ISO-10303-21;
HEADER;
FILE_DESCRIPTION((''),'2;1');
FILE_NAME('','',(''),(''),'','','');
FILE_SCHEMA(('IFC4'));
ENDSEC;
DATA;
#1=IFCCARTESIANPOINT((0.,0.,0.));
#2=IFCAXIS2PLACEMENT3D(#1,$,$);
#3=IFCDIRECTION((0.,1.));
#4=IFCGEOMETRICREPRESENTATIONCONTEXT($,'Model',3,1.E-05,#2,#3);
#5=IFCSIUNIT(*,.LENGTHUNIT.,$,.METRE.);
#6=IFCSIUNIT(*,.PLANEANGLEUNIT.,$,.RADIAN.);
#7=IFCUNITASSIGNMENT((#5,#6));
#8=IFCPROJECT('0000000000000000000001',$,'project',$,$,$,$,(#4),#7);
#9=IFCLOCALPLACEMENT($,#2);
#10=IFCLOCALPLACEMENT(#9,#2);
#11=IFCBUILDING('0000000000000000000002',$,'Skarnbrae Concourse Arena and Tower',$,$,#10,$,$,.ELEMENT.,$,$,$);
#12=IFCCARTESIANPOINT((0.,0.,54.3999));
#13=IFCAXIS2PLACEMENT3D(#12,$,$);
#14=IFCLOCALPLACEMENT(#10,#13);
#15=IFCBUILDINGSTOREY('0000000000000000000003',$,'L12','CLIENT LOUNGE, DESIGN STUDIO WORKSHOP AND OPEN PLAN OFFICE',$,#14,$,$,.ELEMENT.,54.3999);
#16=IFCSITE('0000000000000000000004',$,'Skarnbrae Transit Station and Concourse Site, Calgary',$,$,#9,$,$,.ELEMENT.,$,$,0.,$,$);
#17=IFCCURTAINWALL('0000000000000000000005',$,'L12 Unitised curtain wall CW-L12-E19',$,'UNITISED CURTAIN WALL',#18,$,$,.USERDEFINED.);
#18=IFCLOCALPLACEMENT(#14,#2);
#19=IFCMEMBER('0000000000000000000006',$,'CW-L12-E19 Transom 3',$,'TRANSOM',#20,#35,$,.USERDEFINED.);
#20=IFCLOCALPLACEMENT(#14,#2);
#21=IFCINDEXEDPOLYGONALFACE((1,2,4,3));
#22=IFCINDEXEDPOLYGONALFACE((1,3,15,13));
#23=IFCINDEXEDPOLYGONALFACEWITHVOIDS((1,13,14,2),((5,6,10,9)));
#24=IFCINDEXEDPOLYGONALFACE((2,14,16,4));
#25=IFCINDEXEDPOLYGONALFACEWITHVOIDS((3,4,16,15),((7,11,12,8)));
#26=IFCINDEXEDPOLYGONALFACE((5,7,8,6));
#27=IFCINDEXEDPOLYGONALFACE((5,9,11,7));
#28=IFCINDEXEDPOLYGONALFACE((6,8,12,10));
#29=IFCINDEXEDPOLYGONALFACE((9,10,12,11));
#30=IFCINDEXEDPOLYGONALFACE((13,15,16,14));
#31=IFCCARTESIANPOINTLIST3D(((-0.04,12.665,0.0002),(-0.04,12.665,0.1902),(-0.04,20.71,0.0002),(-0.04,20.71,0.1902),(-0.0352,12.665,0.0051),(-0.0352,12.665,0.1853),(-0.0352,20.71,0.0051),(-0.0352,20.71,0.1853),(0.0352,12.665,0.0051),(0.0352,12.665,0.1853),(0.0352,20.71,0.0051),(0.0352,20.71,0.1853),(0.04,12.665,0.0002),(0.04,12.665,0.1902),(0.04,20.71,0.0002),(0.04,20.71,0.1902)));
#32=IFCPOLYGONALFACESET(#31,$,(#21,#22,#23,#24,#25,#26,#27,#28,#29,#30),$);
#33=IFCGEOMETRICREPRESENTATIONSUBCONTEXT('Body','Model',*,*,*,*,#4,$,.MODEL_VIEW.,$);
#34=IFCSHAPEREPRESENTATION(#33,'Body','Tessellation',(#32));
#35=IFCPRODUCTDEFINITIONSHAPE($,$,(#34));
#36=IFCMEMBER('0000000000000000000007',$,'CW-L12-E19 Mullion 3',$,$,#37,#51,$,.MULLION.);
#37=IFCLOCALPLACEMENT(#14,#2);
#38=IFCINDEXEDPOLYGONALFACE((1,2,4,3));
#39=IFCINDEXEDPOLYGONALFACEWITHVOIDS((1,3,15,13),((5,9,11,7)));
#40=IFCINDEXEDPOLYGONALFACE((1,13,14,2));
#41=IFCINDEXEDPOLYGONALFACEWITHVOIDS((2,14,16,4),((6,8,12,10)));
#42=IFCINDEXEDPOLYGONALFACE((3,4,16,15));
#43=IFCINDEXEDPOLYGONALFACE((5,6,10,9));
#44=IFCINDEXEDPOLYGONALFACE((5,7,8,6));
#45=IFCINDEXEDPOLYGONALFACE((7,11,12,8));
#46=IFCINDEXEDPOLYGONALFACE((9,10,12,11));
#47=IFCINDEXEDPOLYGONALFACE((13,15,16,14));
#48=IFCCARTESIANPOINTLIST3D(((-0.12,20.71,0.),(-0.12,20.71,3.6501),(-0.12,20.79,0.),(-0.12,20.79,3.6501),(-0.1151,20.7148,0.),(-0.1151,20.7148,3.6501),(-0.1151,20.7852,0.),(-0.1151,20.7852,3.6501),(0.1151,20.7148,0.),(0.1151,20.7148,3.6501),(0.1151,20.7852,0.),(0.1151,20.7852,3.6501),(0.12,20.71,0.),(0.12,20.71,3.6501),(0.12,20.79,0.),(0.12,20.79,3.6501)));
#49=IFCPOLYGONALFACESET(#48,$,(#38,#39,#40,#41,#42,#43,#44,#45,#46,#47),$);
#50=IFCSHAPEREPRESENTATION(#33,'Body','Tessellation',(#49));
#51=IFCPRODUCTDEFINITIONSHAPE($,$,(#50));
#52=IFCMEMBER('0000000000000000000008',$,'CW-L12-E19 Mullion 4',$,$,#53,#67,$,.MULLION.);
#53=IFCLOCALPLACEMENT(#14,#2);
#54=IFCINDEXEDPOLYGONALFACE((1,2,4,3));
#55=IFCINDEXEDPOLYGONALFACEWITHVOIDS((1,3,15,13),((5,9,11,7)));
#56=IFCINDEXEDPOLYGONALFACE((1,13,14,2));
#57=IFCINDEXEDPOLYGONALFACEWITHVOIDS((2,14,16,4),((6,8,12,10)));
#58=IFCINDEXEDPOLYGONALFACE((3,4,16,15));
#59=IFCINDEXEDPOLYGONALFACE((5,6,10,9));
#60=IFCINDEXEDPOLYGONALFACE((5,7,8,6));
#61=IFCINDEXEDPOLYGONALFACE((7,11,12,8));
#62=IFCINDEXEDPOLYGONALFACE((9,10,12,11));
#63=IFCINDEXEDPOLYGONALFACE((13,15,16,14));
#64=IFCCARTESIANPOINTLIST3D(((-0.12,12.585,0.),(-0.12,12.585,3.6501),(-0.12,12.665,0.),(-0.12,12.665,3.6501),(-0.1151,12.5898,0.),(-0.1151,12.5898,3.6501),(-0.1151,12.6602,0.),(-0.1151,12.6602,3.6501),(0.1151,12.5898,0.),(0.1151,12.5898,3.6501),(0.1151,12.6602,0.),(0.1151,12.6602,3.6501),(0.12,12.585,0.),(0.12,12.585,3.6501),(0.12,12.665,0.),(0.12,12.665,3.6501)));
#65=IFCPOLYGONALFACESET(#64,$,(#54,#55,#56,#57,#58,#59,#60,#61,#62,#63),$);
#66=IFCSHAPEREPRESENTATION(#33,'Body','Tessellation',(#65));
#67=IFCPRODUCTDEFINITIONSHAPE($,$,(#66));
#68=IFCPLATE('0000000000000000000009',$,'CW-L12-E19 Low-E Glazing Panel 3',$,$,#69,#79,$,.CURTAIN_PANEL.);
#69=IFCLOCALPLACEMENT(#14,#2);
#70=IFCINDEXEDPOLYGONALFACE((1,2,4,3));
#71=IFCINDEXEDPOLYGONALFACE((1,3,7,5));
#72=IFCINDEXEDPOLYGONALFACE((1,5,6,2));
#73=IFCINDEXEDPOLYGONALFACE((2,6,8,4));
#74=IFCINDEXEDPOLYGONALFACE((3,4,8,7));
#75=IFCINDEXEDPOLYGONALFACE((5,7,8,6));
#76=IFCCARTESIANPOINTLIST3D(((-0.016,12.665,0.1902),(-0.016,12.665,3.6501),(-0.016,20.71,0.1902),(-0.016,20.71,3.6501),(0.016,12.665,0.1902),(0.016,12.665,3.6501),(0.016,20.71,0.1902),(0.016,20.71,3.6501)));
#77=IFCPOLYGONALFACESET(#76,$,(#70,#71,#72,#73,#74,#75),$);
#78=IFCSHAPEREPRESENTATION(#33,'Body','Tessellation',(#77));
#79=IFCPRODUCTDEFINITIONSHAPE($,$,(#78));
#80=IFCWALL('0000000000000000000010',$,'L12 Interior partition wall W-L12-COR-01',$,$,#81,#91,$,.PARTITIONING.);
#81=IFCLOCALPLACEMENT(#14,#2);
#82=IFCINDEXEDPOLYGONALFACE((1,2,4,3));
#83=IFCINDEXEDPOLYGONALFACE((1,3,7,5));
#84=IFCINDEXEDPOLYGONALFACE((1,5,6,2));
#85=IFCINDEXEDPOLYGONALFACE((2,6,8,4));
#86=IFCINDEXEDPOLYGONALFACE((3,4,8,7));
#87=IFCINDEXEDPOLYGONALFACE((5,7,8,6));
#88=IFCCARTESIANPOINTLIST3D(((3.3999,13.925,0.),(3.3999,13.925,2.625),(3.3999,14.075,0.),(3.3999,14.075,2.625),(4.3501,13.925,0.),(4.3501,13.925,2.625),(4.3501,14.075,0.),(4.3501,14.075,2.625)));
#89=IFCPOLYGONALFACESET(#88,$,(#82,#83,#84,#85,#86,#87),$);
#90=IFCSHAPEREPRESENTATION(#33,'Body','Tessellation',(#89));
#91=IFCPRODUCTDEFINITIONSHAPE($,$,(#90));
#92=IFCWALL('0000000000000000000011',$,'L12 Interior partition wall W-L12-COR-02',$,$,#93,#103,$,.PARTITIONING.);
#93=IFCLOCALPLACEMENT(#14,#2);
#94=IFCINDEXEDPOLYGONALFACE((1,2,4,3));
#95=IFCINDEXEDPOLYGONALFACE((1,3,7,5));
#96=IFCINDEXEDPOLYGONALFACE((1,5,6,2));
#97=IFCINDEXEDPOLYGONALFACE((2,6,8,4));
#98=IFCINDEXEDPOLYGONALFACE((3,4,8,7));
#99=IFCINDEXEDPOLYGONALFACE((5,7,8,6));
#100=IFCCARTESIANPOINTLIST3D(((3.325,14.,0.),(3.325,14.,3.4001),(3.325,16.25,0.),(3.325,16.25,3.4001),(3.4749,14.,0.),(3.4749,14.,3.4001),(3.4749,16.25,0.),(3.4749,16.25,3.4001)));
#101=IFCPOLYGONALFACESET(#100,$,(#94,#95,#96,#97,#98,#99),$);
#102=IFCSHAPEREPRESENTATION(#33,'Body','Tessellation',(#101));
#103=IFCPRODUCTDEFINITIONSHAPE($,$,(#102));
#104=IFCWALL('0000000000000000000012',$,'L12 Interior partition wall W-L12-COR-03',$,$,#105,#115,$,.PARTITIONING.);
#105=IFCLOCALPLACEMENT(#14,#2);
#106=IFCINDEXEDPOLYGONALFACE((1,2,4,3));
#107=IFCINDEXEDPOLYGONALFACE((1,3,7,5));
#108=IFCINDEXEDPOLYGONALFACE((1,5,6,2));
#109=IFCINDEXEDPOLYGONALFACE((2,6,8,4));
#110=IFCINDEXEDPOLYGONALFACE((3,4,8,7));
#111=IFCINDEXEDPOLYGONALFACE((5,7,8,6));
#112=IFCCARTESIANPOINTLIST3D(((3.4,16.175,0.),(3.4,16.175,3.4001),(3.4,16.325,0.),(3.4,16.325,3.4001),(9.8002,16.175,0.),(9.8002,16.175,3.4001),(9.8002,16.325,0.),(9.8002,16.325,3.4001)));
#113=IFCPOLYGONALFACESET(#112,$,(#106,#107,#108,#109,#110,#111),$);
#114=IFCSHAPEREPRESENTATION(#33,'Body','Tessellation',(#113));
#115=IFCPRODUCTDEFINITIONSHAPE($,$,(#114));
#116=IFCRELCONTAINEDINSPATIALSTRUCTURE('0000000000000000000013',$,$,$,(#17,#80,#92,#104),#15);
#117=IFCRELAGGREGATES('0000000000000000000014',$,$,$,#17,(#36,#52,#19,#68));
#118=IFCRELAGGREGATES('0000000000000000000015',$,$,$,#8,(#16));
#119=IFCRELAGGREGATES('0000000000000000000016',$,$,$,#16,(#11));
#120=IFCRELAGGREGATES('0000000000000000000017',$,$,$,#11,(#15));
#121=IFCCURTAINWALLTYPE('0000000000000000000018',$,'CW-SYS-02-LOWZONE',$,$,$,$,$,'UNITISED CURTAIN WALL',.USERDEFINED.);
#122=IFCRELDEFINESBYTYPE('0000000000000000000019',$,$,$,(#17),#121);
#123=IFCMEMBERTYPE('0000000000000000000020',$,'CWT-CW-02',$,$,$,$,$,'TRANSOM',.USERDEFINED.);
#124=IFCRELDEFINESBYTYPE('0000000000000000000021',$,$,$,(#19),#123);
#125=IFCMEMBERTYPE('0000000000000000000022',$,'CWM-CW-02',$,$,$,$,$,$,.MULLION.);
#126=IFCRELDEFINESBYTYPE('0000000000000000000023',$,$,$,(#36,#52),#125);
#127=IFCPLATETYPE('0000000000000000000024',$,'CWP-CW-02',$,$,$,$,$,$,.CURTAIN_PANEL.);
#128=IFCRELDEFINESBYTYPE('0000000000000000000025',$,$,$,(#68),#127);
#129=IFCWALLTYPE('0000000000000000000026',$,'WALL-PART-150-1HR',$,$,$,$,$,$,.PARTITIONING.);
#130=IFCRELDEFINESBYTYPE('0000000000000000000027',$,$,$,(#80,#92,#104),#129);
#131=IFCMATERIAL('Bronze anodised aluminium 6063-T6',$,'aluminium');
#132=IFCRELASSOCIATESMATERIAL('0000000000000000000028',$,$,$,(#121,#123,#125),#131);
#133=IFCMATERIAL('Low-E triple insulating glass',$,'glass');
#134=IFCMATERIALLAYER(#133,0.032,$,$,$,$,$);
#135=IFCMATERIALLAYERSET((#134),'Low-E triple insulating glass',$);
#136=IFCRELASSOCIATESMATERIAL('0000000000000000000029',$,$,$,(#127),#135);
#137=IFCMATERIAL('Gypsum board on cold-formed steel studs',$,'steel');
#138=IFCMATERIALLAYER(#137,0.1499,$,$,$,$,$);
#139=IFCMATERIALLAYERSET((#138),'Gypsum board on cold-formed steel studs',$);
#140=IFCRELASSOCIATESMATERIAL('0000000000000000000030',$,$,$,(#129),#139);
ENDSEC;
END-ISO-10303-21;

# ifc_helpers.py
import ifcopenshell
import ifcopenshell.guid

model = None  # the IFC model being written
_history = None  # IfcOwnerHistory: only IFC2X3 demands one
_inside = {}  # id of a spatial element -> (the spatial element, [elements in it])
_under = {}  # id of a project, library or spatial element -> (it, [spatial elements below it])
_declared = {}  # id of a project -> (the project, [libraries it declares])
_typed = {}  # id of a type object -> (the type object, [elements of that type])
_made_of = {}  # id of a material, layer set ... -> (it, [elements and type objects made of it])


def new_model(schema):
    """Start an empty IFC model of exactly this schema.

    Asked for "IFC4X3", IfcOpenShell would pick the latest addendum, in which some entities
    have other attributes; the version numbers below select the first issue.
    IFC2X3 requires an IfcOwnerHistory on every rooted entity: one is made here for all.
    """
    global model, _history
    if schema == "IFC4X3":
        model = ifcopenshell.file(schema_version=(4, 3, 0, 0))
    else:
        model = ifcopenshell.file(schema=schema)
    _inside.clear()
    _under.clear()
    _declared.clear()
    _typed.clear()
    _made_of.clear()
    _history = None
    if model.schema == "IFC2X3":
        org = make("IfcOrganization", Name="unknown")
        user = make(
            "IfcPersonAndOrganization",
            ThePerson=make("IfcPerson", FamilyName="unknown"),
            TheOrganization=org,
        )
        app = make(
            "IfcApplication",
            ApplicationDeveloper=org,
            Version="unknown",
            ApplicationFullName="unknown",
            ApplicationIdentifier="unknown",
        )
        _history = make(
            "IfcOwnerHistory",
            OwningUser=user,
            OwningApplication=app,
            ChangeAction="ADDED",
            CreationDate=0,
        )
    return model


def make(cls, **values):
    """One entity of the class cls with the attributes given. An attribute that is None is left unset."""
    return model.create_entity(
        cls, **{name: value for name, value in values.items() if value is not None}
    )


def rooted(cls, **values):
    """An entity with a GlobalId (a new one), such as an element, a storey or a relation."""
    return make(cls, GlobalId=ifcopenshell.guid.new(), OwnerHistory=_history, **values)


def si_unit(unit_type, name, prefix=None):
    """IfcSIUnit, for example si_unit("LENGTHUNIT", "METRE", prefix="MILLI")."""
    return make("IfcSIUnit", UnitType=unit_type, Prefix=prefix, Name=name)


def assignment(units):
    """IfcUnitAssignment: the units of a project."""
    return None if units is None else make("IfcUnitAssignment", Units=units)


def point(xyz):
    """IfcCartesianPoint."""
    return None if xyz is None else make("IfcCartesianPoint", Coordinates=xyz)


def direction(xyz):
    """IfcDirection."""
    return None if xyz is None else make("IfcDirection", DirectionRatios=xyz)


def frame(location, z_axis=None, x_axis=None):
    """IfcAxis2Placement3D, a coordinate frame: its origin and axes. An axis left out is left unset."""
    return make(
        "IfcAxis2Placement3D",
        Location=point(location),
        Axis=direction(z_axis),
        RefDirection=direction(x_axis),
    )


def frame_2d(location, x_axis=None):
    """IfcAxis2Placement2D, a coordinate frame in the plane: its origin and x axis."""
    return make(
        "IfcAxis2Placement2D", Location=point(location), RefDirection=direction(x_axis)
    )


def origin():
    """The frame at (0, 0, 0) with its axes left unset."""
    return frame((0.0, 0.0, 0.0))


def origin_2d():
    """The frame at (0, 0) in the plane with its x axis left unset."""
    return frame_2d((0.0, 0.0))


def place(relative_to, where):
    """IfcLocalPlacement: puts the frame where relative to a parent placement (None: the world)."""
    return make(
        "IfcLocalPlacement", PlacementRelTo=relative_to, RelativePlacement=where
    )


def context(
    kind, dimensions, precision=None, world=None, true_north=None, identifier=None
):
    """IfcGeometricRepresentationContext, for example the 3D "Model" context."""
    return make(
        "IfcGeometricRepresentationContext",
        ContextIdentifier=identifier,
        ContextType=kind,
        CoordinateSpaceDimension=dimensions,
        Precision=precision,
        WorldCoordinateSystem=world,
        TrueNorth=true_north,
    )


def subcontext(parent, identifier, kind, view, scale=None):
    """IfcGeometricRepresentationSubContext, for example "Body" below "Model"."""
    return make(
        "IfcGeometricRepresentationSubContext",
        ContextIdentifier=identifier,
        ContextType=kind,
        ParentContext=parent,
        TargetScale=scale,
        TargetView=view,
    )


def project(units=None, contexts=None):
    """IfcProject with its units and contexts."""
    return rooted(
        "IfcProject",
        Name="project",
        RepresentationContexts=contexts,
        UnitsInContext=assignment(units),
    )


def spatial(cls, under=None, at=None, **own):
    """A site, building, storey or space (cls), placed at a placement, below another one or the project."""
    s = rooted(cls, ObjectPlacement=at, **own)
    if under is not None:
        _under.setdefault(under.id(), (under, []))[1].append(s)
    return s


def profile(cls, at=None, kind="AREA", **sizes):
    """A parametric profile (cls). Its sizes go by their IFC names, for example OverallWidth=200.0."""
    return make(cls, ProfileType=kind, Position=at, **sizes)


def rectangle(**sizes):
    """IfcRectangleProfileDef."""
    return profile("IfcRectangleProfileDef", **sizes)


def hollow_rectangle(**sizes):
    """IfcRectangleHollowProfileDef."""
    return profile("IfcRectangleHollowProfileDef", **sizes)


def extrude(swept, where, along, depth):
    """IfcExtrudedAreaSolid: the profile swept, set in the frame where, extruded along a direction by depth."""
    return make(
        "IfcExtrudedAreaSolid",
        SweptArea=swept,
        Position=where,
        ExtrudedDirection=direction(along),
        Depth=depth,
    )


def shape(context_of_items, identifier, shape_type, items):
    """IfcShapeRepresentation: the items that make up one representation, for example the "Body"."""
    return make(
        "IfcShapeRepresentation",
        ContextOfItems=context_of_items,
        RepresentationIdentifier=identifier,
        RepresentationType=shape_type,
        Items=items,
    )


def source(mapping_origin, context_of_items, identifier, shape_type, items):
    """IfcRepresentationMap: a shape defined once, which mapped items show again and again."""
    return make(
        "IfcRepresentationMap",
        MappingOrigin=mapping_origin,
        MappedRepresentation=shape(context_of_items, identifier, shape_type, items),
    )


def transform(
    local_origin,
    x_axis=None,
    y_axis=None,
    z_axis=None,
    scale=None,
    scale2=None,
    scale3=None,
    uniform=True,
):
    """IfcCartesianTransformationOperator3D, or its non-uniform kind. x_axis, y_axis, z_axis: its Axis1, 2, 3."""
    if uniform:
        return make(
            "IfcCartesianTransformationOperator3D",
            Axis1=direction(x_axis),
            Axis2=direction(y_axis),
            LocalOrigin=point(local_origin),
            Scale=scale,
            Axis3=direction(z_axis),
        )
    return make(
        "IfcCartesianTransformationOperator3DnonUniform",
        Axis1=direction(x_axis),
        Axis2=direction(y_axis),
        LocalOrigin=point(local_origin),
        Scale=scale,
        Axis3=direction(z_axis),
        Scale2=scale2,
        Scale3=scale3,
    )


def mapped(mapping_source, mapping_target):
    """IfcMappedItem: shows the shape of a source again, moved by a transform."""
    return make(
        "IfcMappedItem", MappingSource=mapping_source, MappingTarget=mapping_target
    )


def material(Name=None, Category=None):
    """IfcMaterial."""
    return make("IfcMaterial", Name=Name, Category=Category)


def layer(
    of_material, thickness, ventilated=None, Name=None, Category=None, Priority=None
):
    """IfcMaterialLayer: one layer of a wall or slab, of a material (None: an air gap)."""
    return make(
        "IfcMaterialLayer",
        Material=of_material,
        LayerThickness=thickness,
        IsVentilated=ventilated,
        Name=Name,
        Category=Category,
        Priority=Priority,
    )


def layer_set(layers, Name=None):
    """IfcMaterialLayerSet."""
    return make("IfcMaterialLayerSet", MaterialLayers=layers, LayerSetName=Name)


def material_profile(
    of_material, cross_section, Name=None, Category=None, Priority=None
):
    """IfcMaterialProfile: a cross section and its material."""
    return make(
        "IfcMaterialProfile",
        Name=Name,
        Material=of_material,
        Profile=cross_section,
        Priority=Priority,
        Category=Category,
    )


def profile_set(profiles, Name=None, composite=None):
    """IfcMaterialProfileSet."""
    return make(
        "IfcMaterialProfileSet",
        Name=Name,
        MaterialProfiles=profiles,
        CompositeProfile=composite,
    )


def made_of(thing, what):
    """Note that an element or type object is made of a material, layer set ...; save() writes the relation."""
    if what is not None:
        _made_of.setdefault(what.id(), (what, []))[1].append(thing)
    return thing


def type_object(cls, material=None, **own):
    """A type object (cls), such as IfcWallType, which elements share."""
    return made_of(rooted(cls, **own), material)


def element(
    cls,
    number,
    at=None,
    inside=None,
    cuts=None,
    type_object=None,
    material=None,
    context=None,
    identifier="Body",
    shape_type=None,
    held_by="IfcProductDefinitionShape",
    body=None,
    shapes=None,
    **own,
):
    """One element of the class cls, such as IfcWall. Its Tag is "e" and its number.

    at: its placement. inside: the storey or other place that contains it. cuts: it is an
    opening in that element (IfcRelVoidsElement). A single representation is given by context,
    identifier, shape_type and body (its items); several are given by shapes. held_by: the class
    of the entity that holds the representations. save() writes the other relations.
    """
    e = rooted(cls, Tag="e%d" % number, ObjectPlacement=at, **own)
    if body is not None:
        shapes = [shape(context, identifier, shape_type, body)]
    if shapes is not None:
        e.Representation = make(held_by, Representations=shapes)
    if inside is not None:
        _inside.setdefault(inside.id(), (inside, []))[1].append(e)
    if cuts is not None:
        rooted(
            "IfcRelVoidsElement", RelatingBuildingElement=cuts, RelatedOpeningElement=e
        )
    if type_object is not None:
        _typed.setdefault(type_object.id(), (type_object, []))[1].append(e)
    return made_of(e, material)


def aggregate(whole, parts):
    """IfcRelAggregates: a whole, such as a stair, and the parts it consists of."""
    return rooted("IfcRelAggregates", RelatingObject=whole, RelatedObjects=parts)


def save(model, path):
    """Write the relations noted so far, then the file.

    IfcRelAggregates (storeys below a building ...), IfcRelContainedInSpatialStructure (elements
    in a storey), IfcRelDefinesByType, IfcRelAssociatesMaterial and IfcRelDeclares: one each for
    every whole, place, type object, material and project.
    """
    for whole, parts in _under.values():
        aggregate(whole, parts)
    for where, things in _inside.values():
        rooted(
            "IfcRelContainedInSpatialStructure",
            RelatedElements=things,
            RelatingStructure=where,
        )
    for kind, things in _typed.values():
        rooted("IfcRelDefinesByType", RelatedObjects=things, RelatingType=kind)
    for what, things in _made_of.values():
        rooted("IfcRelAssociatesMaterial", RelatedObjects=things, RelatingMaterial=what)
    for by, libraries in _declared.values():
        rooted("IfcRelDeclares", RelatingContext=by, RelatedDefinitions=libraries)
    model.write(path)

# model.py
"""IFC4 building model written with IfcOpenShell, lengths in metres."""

from ifc_helpers import new_model, si_unit, direction, frame, frame_2d, origin, origin_2d, place, context, subcontext, project, spatial, rectangle, hollow_rectangle, extrude, source, transform, mapped, material, layer, layer_set, material_profile, profile_set, type_object, element, aggregate, save


model = new_model("IFC4")

# Units and contexts
model_context = context("Model", 3, precision=1e-05, world=origin(), true_north=direction((0.0, 1.0)))
body_context = subcontext(model_context, "Body", "Model", "MODEL_VIEW")
ifc_project = project(units=[si_unit("LENGTHUNIT", "METRE"), si_unit("PLANEANGLEUNIT", "RADIAN")], contexts=[model_context])

# Site, building, storey
site_placement = place(None, origin())
site = spatial("IfcSite", under=ifc_project, at=site_placement, Name="Skarnbrae Transit Station and Concourse Site, Calgary", CompositionType="ELEMENT", RefElevation=0.0)
building_placement = place(site_placement, origin())
building = spatial("IfcBuilding", under=site, at=building_placement, Name="Skarnbrae Concourse Arena and Tower", CompositionType="ELEMENT")
storey_placement = place(building_placement, frame((0.0, 0.0, 54.3999)))
storey = spatial("IfcBuildingStorey", under=building, at=storey_placement, Name="L12", Description="CLIENT LOUNGE, DESIGN STUDIO WORKSHOP AND OPEN PLAN OFFICE", CompositionType="ELEMENT", Elevation=54.3999)

# Curtain wall, members, plate
ifc_material_1 = material(Name="Bronze anodised aluminium 6063-T6", Category="aluminium")
curtain_wall_type = type_object("IfcCurtainWallType", Name="CW-SYS-02-LOWZONE", ElementType="UNITISED CURTAIN WALL", PredefinedType="USERDEFINED", material=ifc_material_1)
curtain_wall_placement = place(storey_placement, origin())
curtain_wall = element("IfcCurtainWall", 1, at=curtain_wall_placement, inside=storey, type_object=curtain_wall_type, Name="L12 Unitised curtain wall CW-L12-E19", ObjectType="UNITISED CURTAIN WALL", PredefinedType="USERDEFINED")
ifc_material_profile_1 = material_profile(ifc_material_1, hollow_rectangle(XDim=0.0801, YDim=0.1899, WallThickness=0.0049, at=origin_2d()), Name="ALU-TRAN-80X190")
ifc_profile_set_1 = profile_set([ifc_material_profile_1], Name="Bronze anodised aluminium 6063-T6")
member_type_1 = type_object("IfcMemberType", Name="CWT-CW-02", ElementType="TRANSOM", PredefinedType="USERDEFINED", material=ifc_profile_set_1)
shared_shape_1 = source(origin(), body_context, "Body", "SweptSolid", [
    extrude(hollow_rectangle(XDim=0.0801, YDim=0.1899, WallThickness=0.0049, at=origin_2d()), origin(), (0.0, 0.0, 1.0), 8.0449),
])
member_1_placement = place(storey_placement, frame((0.0, 20.71, 0.0952), z_axis=(0.0, -1.0, 0.0), x_axis=(1.0, 0.0, 0.0)))
member_1 = element("IfcMember", 2, at=member_1_placement, type_object=member_type_1, Name="CW-L12-E19 Transom 3", ObjectType="TRANSOM", PredefinedType="USERDEFINED", context=body_context, shape_type="MappedRepresentation", body=[
    mapped(shared_shape_1, transform((0.0, 0.0, 0.0))),
])
ifc_material_profile_2 = material_profile(ifc_material_1, hollow_rectangle(XDim=0.0801, YDim=0.24, WallThickness=0.0049, at=origin_2d()), Name="ALU-MULL-80X240")
ifc_profile_set_2 = profile_set([ifc_material_profile_2], Name="Bronze anodised aluminium 6063-T6")
member_type_2 = type_object("IfcMemberType", Name="CWM-CW-02", PredefinedType="MULLION", material=ifc_profile_set_2)
shared_shape_2 = source(origin(), body_context, "Body", "SweptSolid", [
    extrude(hollow_rectangle(XDim=0.0801, YDim=0.24, WallThickness=0.0049, at=origin_2d()), origin(), (0.0, 0.0, 1.0), 3.6501),
])
member_2_placement = place(storey_placement, frame((0.0, 20.75, 0.0), z_axis=(0.0, 0.0, 1.0), x_axis=(0.0, -1.0, 0.0)))
member_2 = element("IfcMember", 3, at=member_2_placement, type_object=member_type_2, Name="CW-L12-E19 Mullion 3", PredefinedType="MULLION", context=body_context, shape_type="MappedRepresentation", body=[
    mapped(shared_shape_2, transform((0.0, 0.0, 0.0))),
])
member_3_placement = place(storey_placement, frame((0.0, 12.625, 0.0), z_axis=(0.0, 0.0, 1.0), x_axis=(0.0, -1.0, 0.0)))
member_3 = element("IfcMember", 4, at=member_3_placement, type_object=member_type_2, Name="CW-L12-E19 Mullion 4", PredefinedType="MULLION", context=body_context, shape_type="MappedRepresentation", body=[
    mapped(shared_shape_2, transform((0.0, 0.0, 0.0))),
])
ifc_material_2 = material(Name="Low-E triple insulating glass", Category="glass")
ifc_layer_1 = layer(ifc_material_2, 0.032)
ifc_layer_set_1 = layer_set([ifc_layer_1], Name="Low-E triple insulating glass")
plate_type = type_object("IfcPlateType", Name="CWP-CW-02", PredefinedType="CURTAIN_PANEL", material=ifc_layer_set_1)
shared_shape_3 = source(origin(), body_context, "Body", "SweptSolid", [
    extrude(rectangle(XDim=8.0449, YDim=0.032, at=origin_2d()), origin(), (0.0, 0.0, 1.0), 3.46),
])
plate_placement = place(storey_placement, frame((0.0, 16.6875, 0.1902), z_axis=(0.0, 0.0, 1.0), x_axis=(0.0, -1.0, 0.0)))
plate = element("IfcPlate", 5, at=plate_placement, type_object=plate_type, Name="CW-L12-E19 Low-E Glazing Panel 3", PredefinedType="CURTAIN_PANEL", context=body_context, shape_type="MappedRepresentation", body=[
    mapped(shared_shape_3, transform((0.0, 0.0, 0.0))),
])
aggregate(curtain_wall, [member_2, member_3, member_1, plate])

# Walls
ifc_material_3 = material(Name="Gypsum board on cold-formed steel studs", Category="steel")
ifc_layer_2 = layer(ifc_material_3, 0.1499)
ifc_layer_set_2 = layer_set([ifc_layer_2], Name="Gypsum board on cold-formed steel studs")
wall_type_1 = type_object("IfcWallType", Name="WALL-PART-150-1HR", PredefinedType="PARTITIONING", material=ifc_layer_set_2)
shared_shape_4 = source(origin(), body_context, "Body", "SweptSolid", [
    extrude(rectangle(XDim=0.9502, YDim=0.1499, at=frame_2d((0.4751, 0.0))), origin(), (0.0, 0.0, 1.0), 2.625),
])
wall_1_placement = place(storey_placement, frame((4.3501, 14.0, 0.0), z_axis=(0.0, 0.0, 1.0), x_axis=(-1.0, 0.0, 0.0)))
element("IfcWall", 6, at=wall_1_placement, inside=storey, type_object=wall_type_1, Name="L12 Interior partition wall W-L12-COR-01", PredefinedType="PARTITIONING", context=body_context, shape_type="MappedRepresentation", body=[
    mapped(shared_shape_4, transform((0.0, 0.0, 0.0))),
])
shared_shape_5 = source(origin(), body_context, "Body", "SweptSolid", [
    extrude(rectangle(XDim=2.25, YDim=0.1499, at=frame_2d((1.125, 0.0))), origin(), (0.0, 0.0, 1.0), 3.4001),
])
wall_2_placement = place(storey_placement, frame((3.3999, 14.0, 0.0), z_axis=(0.0, 0.0, 1.0), x_axis=(0.0, 1.0, 0.0)))
element("IfcWall", 7, at=wall_2_placement, inside=storey, type_object=wall_type_1, Name="L12 Interior partition wall W-L12-COR-02", PredefinedType="PARTITIONING", context=body_context, shape_type="MappedRepresentation", body=[
    mapped(shared_shape_5, transform((0.0, 0.0, 0.0))),
])
shared_shape_6 = source(origin(), body_context, "Body", "SweptSolid", [
    extrude(rectangle(XDim=6.4001, YDim=0.1499, at=frame_2d((3.2002, 0.0))), origin(), (0.0, 0.0, 1.0), 3.4001),
])
wall_3_placement = place(storey_placement, frame((3.3999, 16.25, 0.0), z_axis=(0.0, 0.0, 1.0), x_axis=(1.0, 0.0, 0.0)))
element("IfcWall", 8, at=wall_3_placement, inside=storey, type_object=wall_type_1, Name="L12 Interior partition wall W-L12-COR-03", PredefinedType="PARTITIONING", context=body_context, shape_type="MappedRepresentation", body=[
    mapped(shared_shape_6, transform((0.0, 0.0, 0.0))),
])

save(model, "model.ifc")
